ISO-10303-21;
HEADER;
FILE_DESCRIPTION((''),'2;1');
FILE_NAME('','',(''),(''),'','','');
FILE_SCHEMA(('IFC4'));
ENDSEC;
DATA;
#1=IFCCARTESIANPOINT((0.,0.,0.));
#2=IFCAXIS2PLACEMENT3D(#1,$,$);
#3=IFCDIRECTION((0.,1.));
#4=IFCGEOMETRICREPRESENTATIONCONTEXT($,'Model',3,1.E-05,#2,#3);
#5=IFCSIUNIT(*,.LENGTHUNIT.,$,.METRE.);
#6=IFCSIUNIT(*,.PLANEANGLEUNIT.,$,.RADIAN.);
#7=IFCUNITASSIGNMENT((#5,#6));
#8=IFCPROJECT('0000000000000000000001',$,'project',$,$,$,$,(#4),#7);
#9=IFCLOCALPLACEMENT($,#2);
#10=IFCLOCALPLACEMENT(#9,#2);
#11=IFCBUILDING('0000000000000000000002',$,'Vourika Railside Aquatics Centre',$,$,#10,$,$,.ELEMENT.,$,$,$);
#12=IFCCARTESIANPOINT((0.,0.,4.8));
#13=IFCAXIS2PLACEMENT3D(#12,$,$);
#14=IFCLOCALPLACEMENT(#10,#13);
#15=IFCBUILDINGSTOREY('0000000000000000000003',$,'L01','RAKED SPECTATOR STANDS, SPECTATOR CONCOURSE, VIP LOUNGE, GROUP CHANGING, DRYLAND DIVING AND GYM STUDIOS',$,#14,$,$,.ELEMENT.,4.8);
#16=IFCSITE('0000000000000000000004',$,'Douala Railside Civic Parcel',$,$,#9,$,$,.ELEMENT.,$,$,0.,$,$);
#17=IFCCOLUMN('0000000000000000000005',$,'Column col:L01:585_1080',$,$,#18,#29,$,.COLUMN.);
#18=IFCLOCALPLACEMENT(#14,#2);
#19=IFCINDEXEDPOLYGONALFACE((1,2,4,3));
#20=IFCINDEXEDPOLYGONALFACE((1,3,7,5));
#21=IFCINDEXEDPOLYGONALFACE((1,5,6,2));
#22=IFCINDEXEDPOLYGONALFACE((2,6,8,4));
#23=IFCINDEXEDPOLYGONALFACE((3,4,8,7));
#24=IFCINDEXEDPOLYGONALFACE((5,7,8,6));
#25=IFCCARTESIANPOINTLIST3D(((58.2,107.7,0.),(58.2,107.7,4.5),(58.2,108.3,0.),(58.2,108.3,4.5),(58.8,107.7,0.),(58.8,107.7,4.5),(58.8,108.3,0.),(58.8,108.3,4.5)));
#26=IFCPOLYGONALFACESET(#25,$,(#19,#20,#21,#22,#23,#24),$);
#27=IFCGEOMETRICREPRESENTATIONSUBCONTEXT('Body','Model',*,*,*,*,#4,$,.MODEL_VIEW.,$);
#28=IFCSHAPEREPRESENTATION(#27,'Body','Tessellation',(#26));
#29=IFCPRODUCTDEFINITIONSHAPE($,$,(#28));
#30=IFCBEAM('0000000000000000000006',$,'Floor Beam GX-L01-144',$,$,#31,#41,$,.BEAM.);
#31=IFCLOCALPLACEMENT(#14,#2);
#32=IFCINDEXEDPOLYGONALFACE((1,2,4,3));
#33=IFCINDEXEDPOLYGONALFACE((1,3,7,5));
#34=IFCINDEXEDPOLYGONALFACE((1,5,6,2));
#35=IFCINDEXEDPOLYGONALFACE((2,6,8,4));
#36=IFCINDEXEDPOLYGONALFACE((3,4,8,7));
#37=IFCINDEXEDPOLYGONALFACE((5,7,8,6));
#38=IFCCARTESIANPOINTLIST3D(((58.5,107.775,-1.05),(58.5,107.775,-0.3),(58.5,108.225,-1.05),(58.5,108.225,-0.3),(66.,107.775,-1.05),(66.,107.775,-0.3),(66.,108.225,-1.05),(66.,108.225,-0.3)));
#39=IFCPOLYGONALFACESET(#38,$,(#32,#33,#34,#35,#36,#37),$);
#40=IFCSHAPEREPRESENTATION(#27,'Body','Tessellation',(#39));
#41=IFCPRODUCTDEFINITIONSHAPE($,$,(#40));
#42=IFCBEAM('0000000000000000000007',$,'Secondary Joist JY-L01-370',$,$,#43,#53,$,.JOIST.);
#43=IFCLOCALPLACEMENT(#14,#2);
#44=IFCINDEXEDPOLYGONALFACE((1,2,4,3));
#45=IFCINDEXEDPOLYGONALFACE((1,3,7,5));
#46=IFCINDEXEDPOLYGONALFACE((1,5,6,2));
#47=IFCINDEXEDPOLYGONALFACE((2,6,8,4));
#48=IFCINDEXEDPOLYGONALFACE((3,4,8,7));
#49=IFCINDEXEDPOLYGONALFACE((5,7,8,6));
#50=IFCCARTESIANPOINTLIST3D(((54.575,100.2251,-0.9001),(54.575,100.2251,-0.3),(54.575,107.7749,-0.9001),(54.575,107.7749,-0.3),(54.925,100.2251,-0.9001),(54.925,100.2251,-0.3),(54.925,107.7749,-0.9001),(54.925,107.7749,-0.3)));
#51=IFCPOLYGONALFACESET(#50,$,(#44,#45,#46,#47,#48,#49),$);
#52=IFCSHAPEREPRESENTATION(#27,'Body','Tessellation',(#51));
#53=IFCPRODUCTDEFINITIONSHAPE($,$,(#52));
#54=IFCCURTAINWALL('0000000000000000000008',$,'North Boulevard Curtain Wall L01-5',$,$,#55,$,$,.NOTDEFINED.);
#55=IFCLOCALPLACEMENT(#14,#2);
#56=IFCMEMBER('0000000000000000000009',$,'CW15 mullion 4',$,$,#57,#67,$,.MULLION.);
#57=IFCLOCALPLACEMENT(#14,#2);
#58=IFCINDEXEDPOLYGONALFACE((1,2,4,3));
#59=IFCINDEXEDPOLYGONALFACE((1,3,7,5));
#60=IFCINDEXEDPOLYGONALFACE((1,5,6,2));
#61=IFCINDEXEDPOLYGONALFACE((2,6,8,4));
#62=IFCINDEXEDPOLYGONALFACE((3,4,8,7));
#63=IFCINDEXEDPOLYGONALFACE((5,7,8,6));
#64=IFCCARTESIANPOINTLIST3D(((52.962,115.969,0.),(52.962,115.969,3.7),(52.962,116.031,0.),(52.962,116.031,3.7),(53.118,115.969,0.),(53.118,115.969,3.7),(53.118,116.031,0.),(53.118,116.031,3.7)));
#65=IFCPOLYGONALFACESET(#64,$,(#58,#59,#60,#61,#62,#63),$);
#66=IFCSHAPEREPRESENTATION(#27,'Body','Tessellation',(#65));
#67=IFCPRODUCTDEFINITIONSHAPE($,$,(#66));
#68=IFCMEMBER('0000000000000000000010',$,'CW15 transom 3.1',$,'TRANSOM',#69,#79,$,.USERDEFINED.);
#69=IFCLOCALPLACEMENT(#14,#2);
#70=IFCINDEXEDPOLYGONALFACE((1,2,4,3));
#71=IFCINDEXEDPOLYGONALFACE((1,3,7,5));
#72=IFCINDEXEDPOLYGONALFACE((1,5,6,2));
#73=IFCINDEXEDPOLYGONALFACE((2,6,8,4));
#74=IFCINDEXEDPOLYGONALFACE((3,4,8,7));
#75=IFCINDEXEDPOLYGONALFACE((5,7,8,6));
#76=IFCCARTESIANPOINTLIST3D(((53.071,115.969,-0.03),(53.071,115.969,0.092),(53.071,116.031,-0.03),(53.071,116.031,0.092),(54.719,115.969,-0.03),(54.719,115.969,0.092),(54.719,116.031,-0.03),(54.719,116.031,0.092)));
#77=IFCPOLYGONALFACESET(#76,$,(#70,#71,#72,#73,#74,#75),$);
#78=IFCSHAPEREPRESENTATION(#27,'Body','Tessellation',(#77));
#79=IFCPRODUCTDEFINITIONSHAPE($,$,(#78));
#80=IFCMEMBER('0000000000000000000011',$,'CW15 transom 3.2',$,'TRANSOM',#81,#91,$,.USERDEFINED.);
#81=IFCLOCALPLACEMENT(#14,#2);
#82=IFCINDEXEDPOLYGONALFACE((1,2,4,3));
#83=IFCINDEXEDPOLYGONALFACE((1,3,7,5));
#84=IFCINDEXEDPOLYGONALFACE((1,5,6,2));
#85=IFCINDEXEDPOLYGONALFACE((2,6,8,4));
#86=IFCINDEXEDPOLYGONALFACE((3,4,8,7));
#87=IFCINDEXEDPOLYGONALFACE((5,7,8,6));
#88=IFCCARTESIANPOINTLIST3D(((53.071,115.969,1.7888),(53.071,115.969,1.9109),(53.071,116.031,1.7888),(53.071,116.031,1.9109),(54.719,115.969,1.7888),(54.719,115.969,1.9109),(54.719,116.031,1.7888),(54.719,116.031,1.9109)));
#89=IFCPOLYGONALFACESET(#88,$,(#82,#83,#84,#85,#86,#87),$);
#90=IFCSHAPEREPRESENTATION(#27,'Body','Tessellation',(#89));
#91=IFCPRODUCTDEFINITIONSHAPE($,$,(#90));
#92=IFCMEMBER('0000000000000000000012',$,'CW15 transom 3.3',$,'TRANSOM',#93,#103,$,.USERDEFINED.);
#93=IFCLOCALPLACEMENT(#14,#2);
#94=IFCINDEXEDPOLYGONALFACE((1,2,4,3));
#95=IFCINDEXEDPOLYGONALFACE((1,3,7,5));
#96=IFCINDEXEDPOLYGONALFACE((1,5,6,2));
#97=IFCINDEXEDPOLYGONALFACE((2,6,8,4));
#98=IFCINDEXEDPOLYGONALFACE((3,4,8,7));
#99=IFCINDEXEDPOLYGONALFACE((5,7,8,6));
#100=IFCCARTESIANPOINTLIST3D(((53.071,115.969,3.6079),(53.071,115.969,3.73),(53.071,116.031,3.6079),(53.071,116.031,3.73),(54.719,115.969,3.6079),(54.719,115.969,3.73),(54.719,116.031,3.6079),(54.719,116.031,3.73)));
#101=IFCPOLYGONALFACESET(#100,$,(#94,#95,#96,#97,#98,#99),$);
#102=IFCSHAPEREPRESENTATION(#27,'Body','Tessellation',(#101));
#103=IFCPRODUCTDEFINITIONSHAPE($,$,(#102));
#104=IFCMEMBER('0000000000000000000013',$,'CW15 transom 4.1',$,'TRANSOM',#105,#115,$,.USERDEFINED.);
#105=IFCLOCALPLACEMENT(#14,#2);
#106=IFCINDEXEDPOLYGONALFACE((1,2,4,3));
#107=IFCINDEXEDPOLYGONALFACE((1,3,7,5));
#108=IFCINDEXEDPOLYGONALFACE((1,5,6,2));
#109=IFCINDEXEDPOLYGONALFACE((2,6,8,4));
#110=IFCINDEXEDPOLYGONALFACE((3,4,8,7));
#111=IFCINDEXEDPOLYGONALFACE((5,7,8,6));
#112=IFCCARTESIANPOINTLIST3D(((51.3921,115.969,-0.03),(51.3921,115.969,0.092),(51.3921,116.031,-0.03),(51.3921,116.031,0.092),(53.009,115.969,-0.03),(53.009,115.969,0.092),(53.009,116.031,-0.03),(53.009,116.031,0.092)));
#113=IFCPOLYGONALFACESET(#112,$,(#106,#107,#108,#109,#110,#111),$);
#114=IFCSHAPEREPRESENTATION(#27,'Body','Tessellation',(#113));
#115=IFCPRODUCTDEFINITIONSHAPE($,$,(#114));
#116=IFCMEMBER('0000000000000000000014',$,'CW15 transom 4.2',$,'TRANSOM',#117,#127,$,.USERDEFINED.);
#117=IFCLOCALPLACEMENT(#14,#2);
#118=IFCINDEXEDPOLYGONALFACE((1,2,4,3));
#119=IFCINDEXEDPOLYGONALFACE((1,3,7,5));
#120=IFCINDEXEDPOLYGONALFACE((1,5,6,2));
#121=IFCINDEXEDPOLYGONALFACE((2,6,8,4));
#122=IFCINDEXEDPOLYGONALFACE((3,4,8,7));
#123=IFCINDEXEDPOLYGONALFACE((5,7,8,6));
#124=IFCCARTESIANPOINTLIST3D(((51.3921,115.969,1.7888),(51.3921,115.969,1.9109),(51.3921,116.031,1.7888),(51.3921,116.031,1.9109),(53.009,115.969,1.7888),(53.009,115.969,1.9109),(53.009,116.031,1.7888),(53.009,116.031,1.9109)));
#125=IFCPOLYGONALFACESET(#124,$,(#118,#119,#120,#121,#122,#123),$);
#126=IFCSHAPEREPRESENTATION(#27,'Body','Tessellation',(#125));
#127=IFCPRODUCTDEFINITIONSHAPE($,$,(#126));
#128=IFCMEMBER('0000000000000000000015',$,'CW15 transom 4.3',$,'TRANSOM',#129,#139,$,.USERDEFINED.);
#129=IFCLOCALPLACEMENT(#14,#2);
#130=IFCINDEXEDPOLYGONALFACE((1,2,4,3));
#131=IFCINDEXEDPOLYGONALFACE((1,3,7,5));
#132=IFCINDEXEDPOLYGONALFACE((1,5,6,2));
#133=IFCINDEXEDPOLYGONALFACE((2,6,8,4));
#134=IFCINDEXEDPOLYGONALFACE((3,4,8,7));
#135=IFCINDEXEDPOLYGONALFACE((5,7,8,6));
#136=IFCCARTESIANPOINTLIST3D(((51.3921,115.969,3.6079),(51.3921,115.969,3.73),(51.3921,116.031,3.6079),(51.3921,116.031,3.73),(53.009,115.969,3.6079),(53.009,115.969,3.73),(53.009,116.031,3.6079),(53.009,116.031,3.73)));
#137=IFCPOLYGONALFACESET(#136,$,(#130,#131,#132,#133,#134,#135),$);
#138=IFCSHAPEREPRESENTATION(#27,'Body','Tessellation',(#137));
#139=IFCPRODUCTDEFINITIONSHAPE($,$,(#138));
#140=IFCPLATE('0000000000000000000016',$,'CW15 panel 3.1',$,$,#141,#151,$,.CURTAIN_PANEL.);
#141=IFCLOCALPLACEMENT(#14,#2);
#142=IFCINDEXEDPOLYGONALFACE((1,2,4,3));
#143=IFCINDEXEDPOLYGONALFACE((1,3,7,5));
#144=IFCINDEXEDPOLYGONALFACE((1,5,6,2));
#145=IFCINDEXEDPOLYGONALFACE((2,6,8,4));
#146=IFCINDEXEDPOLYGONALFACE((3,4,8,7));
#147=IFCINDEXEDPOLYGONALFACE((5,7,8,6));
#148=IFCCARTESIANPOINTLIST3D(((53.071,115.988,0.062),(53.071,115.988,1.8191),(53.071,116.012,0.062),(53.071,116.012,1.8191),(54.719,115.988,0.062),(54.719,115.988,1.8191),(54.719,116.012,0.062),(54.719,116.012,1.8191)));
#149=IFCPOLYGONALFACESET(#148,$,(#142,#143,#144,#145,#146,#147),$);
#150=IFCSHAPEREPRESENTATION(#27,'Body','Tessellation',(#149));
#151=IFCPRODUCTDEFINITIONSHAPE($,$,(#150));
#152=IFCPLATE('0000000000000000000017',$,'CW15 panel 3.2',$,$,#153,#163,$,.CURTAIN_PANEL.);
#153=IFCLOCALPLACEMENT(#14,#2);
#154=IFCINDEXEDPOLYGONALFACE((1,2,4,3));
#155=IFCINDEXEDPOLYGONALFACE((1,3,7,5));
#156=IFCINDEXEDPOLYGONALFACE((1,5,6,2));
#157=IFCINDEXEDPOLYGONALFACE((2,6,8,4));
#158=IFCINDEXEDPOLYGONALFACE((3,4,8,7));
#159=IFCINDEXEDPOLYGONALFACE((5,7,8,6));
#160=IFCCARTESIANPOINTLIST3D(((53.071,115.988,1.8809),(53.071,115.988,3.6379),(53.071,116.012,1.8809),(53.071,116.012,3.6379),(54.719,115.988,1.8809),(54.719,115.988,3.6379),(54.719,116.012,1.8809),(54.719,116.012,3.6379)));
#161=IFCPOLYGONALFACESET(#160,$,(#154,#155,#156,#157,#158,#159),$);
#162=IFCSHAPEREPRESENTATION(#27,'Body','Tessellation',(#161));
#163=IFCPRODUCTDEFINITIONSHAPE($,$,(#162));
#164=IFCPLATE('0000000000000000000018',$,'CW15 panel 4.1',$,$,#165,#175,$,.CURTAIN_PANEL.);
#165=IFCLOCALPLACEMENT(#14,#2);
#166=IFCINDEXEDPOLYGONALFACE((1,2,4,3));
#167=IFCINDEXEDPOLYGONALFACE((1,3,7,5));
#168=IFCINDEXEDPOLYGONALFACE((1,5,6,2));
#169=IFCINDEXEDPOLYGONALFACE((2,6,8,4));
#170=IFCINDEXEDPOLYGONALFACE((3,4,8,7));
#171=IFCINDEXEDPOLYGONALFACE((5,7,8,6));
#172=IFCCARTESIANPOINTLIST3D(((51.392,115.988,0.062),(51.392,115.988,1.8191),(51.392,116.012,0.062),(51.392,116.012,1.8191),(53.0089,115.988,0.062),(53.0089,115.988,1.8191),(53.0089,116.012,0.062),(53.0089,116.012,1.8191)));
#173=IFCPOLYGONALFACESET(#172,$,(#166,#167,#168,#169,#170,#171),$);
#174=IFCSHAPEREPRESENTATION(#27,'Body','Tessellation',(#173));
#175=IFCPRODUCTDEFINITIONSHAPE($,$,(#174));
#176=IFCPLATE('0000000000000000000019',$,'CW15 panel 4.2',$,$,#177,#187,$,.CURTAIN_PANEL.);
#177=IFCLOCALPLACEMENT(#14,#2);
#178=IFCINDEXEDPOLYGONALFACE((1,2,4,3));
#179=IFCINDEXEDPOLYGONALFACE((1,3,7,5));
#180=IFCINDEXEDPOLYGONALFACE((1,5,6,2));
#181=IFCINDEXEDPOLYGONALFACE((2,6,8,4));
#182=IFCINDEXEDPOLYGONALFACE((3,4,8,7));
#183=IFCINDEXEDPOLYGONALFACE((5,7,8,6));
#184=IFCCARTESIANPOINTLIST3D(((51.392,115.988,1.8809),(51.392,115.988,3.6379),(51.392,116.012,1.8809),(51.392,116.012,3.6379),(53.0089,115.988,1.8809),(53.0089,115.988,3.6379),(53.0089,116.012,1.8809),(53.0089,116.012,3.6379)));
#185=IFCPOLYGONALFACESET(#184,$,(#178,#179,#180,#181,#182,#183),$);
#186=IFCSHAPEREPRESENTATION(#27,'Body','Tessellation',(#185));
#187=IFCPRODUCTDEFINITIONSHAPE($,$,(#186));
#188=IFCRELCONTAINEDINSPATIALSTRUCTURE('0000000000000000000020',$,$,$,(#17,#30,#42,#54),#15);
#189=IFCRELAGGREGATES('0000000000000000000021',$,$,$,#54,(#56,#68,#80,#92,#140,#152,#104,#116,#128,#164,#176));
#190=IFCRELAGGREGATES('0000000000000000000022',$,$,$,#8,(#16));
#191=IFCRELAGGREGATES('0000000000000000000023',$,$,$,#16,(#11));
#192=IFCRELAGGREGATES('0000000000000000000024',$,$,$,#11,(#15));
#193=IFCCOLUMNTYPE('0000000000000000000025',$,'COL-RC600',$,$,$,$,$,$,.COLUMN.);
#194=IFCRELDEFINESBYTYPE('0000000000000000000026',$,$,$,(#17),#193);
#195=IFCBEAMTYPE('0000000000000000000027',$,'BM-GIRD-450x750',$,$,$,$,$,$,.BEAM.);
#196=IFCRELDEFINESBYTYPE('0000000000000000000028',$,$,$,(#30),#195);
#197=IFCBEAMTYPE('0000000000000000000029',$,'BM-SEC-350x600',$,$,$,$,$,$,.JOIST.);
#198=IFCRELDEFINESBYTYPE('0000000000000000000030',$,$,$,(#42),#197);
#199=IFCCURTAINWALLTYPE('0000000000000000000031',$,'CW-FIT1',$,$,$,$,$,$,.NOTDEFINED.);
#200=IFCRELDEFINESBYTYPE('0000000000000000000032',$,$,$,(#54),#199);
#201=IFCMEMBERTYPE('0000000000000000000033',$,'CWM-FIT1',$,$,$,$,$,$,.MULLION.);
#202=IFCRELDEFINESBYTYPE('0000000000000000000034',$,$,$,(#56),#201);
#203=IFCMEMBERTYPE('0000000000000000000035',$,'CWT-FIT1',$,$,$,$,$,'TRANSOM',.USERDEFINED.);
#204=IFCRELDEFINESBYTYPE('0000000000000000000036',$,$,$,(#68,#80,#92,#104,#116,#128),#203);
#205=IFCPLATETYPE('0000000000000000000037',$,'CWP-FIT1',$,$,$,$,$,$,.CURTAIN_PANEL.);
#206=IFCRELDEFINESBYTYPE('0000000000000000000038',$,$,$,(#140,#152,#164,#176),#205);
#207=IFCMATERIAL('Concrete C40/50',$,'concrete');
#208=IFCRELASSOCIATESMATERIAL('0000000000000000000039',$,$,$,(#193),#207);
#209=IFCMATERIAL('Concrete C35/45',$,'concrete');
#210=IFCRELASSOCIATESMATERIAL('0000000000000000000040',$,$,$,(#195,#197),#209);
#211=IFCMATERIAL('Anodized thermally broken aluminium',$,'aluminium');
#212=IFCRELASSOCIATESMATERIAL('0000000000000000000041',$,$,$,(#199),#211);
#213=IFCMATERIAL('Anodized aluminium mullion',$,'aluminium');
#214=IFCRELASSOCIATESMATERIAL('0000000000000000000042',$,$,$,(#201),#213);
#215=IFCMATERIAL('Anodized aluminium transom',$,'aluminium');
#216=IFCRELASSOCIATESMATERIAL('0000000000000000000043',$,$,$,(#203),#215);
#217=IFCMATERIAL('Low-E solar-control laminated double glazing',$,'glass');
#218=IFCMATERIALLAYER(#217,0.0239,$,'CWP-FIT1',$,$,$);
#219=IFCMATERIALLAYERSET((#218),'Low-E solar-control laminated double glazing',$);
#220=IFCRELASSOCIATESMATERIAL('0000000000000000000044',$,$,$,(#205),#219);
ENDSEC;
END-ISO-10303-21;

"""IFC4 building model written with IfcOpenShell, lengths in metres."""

from ifc_helpers import new_model, si_unit, direction, frame, origin, origin_2d, place, context, subcontext, project, spatial, rectangle, extrude, material, layer, layer_set, material_profile, profile_set, type_object, element, aggregate, save


model = new_model("IFC4")

# Units and contexts
model_context = context("Model", 3, precision=1e-05, world=origin(), true_north=direction((0.0, 1.0)))
body_context = subcontext(model_context, "Body", "Model", "MODEL_VIEW")
ifc_project = project(units=[si_unit("LENGTHUNIT", "METRE"), si_unit("PLANEANGLEUNIT", "RADIAN")], contexts=[model_context])

# Site, building, storey
site_placement = place(None, origin())
site = spatial("IfcSite", under=ifc_project, at=site_placement, Name="Douala Railside Civic Parcel", CompositionType="ELEMENT", RefElevation=0.0)
building_placement = place(site_placement, origin())
building = spatial("IfcBuilding", under=site, at=building_placement, Name="Vourika Railside Aquatics Centre", CompositionType="ELEMENT")
storey_placement = place(building_placement, frame((0.0, 0.0, 4.8)))
storey = spatial("IfcBuildingStorey", under=building, at=storey_placement, Name="L01", Description="RAKED SPECTATOR STANDS, SPECTATOR CONCOURSE, VIP LOUNGE, GROUP CHANGING, DRYLAND DIVING AND GYM STUDIOS", CompositionType="ELEMENT", Elevation=4.8)

# Column
ifc_material_1 = material(Name="Concrete C40/50", Category="concrete")
ifc_material_profile_1 = material_profile(ifc_material_1, rectangle(XDim=0.6001, YDim=0.6001, at=origin_2d()), Name="RC 600x600")
ifc_profile_set_1 = profile_set([ifc_material_profile_1], Name="Concrete C40/50")
column_type = type_object("IfcColumnType", Name="COL-RC600", PredefinedType="COLUMN", material=ifc_profile_set_1)
column_placement = place(storey_placement, frame((58.5, 108.0, 0.0), z_axis=(0.0, 0.0, 1.0), x_axis=(1.0, 0.0, 0.0)))
element("IfcColumn", 1, at=column_placement, inside=storey, type_object=column_type, Name="Column col:L01:585_1080", PredefinedType="COLUMN", context=body_context, shape_type="SweptSolid", body=[
    extrude(rectangle(XDim=0.6001, YDim=0.6001, at=origin_2d()), origin(), (0.0, 0.0, 1.0), 4.5),
])

# Beams
ifc_material_2 = material(Name="Concrete C35/45", Category="concrete")
ifc_material_profile_2 = material_profile(ifc_material_2, rectangle(XDim=0.45, YDim=0.75, at=origin_2d()), Name="RC 450x750")
ifc_profile_set_2 = profile_set([ifc_material_profile_2], Name="Concrete C35/45")
beam_type_1 = type_object("IfcBeamType", Name="BM-GIRD-450x750", PredefinedType="BEAM", material=ifc_profile_set_2)
beam_1_placement = place(storey_placement, frame((58.5, 108.0, -0.675), z_axis=(1.0, 0.0, 0.0), x_axis=(0.0, 1.0, 0.0)))
element("IfcBeam", 2, at=beam_1_placement, inside=storey, type_object=beam_type_1, Name="Floor Beam GX-L01-144", PredefinedType="BEAM", context=body_context, shape_type="SweptSolid", body=[
    extrude(rectangle(XDim=0.45, YDim=0.75, at=origin_2d()), origin(), (0.0, 0.0, 1.0), 7.5),
])
ifc_material_profile_3 = material_profile(ifc_material_2, rectangle(XDim=0.3501, YDim=0.6001, at=origin_2d()), Name="RC 350x600")
ifc_profile_set_3 = profile_set([ifc_material_profile_3], Name="Concrete C35/45")
beam_type_2 = type_object("IfcBeamType", Name="BM-SEC-350x600", PredefinedType="JOIST", material=ifc_profile_set_3)
beam_2_placement = place(storey_placement, frame((54.75, 100.2251, -0.6001), z_axis=(0.0, 1.0, 0.0), x_axis=(-1.0, 0.0, 0.0)))
element("IfcBeam", 3, at=beam_2_placement, inside=storey, type_object=beam_type_2, Name="Secondary Joist JY-L01-370", PredefinedType="JOIST", context=body_context, shape_type="SweptSolid", body=[
    extrude(rectangle(XDim=0.3501, YDim=0.6001, at=origin_2d()), origin(), (0.0, 0.0, 1.0), 7.5498),
])

# Curtain wall, members, plates
ifc_material_3 = material(Name="Anodized thermally broken aluminium", Category="aluminium")
curtain_wall_type = type_object("IfcCurtainWallType", Name="CW-FIT1", PredefinedType="NOTDEFINED", material=ifc_material_3)
curtain_wall_placement = place(storey_placement, origin())
curtain_wall = element("IfcCurtainWall", 4, at=curtain_wall_placement, inside=storey, type_object=curtain_wall_type, Name="North Boulevard Curtain Wall L01-5", PredefinedType="NOTDEFINED")
ifc_material_4 = material(Name="Anodized aluminium mullion", Category="aluminium")
ifc_material_profile_4 = material_profile(ifc_material_4, rectangle(XDim=0.062, YDim=0.156, at=origin_2d()), Name="ALU-M 62x156")
ifc_profile_set_4 = profile_set([ifc_material_profile_4], Name="Anodized aluminium mullion")
member_type_1 = type_object("IfcMemberType", Name="CWM-FIT1", PredefinedType="MULLION", material=ifc_profile_set_4)
member_1_placement = place(storey_placement, frame((53.04, 116.0, 0.0), z_axis=(0.0, 0.0, 1.0), x_axis=(0.0, -1.0, 0.0)))
member_1 = element("IfcMember", 5, at=member_1_placement, type_object=member_type_1, Name="CW15 mullion 4", PredefinedType="MULLION", context=body_context, shape_type="SweptSolid", body=[
    extrude(rectangle(XDim=0.062, YDim=0.156, at=origin_2d()), origin(), (0.0, 0.0, 1.0), 3.7),
])
ifc_material_5 = material(Name="Anodized aluminium transom", Category="aluminium")
ifc_material_profile_5 = material_profile(ifc_material_5, rectangle(XDim=0.062, YDim=0.1221, at=origin_2d()), Name="ALU-T 62x122")
ifc_profile_set_5 = profile_set([ifc_material_profile_5], Name="Anodized aluminium transom")
member_type_2 = type_object("IfcMemberType", Name="CWT-FIT1", ElementType="TRANSOM", PredefinedType="USERDEFINED", material=ifc_profile_set_5)
member_2_placement = place(storey_placement, frame((54.719, 116.0, 0.031), z_axis=(-1.0, 0.0, 0.0), x_axis=(0.0, -1.0, 0.0)))
member_2 = element("IfcMember", 6, at=member_2_placement, type_object=member_type_2, Name="CW15 transom 3.1", ObjectType="TRANSOM", PredefinedType="USERDEFINED", context=body_context, shape_type="SweptSolid", body=[
    extrude(rectangle(XDim=0.062, YDim=0.1221, at=origin_2d()), origin(), (0.0, 0.0, 1.0), 1.6479),
])
member_3_placement = place(storey_placement, frame((54.719, 116.0, 1.8499), z_axis=(-1.0, 0.0, 0.0), x_axis=(0.0, -1.0, 0.0)))
member_3 = element("IfcMember", 7, at=member_3_placement, type_object=member_type_2, Name="CW15 transom 3.2", ObjectType="TRANSOM", PredefinedType="USERDEFINED", context=body_context, shape_type="SweptSolid", body=[
    extrude(rectangle(XDim=0.062, YDim=0.1221, at=origin_2d()), origin(), (0.0, 0.0, 1.0), 1.6479),
])
member_4_placement = place(storey_placement, frame((54.719, 116.0, 3.6689), z_axis=(-1.0, 0.0, 0.0), x_axis=(0.0, -1.0, 0.0)))
member_4 = element("IfcMember", 8, at=member_4_placement, type_object=member_type_2, Name="CW15 transom 3.3", ObjectType="TRANSOM", PredefinedType="USERDEFINED", context=body_context, shape_type="SweptSolid", body=[
    extrude(rectangle(XDim=0.062, YDim=0.1221, at=origin_2d()), origin(), (0.0, 0.0, 1.0), 1.6479),
])
member_5_placement = place(storey_placement, frame((53.009, 116.0, 0.031), z_axis=(-1.0, 0.0, 0.0), x_axis=(0.0, -1.0, 0.0)))
member_5 = element("IfcMember", 9, at=member_5_placement, type_object=member_type_2, Name="CW15 transom 4.1", ObjectType="TRANSOM", PredefinedType="USERDEFINED", context=body_context, shape_type="SweptSolid", body=[
    extrude(rectangle(XDim=0.062, YDim=0.1221, at=origin_2d()), origin(), (0.0, 0.0, 1.0), 1.6169),
])
member_6_placement = place(storey_placement, frame((53.009, 116.0, 1.8499), z_axis=(-1.0, 0.0, 0.0), x_axis=(0.0, -1.0, 0.0)))
member_6 = element("IfcMember", 10, at=member_6_placement, type_object=member_type_2, Name="CW15 transom 4.2", ObjectType="TRANSOM", PredefinedType="USERDEFINED", context=body_context, shape_type="SweptSolid", body=[
    extrude(rectangle(XDim=0.062, YDim=0.1221, at=origin_2d()), origin(), (0.0, 0.0, 1.0), 1.6169),
])
member_7_placement = place(storey_placement, frame((53.009, 116.0, 3.6689), z_axis=(-1.0, 0.0, 0.0), x_axis=(0.0, -1.0, 0.0)))
member_7 = element("IfcMember", 11, at=member_7_placement, type_object=member_type_2, Name="CW15 transom 4.3", ObjectType="TRANSOM", PredefinedType="USERDEFINED", context=body_context, shape_type="SweptSolid", body=[
    extrude(rectangle(XDim=0.062, YDim=0.1221, at=origin_2d()), origin(), (0.0, 0.0, 1.0), 1.6169),
])
ifc_material_6 = material(Name="Low-E solar-control laminated double glazing", Category="glass")
ifc_layer_1 = layer(ifc_material_6, 0.0239, Name="CWP-FIT1")
ifc_layer_set_1 = layer_set([ifc_layer_1], Name="Low-E solar-control laminated double glazing")
plate_type = type_object("IfcPlateType", Name="CWP-FIT1", PredefinedType="CURTAIN_PANEL", material=ifc_layer_set_1)
plate_1_placement = place(storey_placement, frame((53.895, 116.0, 0.062), z_axis=(0.0, 0.0, 1.0), x_axis=(-1.0, 0.0, 0.0)))
plate_1 = element("IfcPlate", 12, at=plate_1_placement, type_object=plate_type, Name="CW15 panel 3.1", PredefinedType="CURTAIN_PANEL", context=body_context, shape_type="SweptSolid", body=[
    extrude(rectangle(XDim=1.6479, YDim=0.0239, at=origin_2d()), origin(), (0.0, 0.0, 1.0), 1.7571),
])
plate_2_placement = place(storey_placement, frame((53.895, 116.0, 1.8809), z_axis=(0.0, 0.0, 1.0), x_axis=(-1.0, 0.0, 0.0)))
plate_2 = element("IfcPlate", 13, at=plate_2_placement, type_object=plate_type, Name="CW15 panel 3.2", PredefinedType="CURTAIN_PANEL", context=body_context, shape_type="SweptSolid", body=[
    extrude(rectangle(XDim=1.6479, YDim=0.0239, at=origin_2d()), origin(), (0.0, 0.0, 1.0), 1.7571),
])
plate_3_placement = place(storey_placement, frame((52.2004, 116.0, 0.062), z_axis=(0.0, 0.0, 1.0), x_axis=(-1.0, 0.0, 0.0)))
plate_3 = element("IfcPlate", 14, at=plate_3_placement, type_object=plate_type, Name="CW15 panel 4.1", PredefinedType="CURTAIN_PANEL", context=body_context, shape_type="SweptSolid", body=[
    extrude(rectangle(XDim=1.6169, YDim=0.0239, at=origin_2d()), origin(), (0.0, 0.0, 1.0), 1.7571),
])
plate_4_placement = place(storey_placement, frame((52.2004, 116.0, 1.8809), z_axis=(0.0, 0.0, 1.0), x_axis=(-1.0, 0.0, 0.0)))
plate_4 = element("IfcPlate", 15, at=plate_4_placement, type_object=plate_type, Name="CW15 panel 4.2", PredefinedType="CURTAIN_PANEL", context=body_context, shape_type="SweptSolid", body=[
    extrude(rectangle(XDim=1.6169, YDim=0.0239, at=origin_2d()), origin(), (0.0, 0.0, 1.0), 1.7571),
])
aggregate(curtain_wall, [member_1, member_2, member_3, member_4, plate_1, plate_2, member_5, member_6, member_7, plate_3, plate_4])

save(model, "model.ifc")
